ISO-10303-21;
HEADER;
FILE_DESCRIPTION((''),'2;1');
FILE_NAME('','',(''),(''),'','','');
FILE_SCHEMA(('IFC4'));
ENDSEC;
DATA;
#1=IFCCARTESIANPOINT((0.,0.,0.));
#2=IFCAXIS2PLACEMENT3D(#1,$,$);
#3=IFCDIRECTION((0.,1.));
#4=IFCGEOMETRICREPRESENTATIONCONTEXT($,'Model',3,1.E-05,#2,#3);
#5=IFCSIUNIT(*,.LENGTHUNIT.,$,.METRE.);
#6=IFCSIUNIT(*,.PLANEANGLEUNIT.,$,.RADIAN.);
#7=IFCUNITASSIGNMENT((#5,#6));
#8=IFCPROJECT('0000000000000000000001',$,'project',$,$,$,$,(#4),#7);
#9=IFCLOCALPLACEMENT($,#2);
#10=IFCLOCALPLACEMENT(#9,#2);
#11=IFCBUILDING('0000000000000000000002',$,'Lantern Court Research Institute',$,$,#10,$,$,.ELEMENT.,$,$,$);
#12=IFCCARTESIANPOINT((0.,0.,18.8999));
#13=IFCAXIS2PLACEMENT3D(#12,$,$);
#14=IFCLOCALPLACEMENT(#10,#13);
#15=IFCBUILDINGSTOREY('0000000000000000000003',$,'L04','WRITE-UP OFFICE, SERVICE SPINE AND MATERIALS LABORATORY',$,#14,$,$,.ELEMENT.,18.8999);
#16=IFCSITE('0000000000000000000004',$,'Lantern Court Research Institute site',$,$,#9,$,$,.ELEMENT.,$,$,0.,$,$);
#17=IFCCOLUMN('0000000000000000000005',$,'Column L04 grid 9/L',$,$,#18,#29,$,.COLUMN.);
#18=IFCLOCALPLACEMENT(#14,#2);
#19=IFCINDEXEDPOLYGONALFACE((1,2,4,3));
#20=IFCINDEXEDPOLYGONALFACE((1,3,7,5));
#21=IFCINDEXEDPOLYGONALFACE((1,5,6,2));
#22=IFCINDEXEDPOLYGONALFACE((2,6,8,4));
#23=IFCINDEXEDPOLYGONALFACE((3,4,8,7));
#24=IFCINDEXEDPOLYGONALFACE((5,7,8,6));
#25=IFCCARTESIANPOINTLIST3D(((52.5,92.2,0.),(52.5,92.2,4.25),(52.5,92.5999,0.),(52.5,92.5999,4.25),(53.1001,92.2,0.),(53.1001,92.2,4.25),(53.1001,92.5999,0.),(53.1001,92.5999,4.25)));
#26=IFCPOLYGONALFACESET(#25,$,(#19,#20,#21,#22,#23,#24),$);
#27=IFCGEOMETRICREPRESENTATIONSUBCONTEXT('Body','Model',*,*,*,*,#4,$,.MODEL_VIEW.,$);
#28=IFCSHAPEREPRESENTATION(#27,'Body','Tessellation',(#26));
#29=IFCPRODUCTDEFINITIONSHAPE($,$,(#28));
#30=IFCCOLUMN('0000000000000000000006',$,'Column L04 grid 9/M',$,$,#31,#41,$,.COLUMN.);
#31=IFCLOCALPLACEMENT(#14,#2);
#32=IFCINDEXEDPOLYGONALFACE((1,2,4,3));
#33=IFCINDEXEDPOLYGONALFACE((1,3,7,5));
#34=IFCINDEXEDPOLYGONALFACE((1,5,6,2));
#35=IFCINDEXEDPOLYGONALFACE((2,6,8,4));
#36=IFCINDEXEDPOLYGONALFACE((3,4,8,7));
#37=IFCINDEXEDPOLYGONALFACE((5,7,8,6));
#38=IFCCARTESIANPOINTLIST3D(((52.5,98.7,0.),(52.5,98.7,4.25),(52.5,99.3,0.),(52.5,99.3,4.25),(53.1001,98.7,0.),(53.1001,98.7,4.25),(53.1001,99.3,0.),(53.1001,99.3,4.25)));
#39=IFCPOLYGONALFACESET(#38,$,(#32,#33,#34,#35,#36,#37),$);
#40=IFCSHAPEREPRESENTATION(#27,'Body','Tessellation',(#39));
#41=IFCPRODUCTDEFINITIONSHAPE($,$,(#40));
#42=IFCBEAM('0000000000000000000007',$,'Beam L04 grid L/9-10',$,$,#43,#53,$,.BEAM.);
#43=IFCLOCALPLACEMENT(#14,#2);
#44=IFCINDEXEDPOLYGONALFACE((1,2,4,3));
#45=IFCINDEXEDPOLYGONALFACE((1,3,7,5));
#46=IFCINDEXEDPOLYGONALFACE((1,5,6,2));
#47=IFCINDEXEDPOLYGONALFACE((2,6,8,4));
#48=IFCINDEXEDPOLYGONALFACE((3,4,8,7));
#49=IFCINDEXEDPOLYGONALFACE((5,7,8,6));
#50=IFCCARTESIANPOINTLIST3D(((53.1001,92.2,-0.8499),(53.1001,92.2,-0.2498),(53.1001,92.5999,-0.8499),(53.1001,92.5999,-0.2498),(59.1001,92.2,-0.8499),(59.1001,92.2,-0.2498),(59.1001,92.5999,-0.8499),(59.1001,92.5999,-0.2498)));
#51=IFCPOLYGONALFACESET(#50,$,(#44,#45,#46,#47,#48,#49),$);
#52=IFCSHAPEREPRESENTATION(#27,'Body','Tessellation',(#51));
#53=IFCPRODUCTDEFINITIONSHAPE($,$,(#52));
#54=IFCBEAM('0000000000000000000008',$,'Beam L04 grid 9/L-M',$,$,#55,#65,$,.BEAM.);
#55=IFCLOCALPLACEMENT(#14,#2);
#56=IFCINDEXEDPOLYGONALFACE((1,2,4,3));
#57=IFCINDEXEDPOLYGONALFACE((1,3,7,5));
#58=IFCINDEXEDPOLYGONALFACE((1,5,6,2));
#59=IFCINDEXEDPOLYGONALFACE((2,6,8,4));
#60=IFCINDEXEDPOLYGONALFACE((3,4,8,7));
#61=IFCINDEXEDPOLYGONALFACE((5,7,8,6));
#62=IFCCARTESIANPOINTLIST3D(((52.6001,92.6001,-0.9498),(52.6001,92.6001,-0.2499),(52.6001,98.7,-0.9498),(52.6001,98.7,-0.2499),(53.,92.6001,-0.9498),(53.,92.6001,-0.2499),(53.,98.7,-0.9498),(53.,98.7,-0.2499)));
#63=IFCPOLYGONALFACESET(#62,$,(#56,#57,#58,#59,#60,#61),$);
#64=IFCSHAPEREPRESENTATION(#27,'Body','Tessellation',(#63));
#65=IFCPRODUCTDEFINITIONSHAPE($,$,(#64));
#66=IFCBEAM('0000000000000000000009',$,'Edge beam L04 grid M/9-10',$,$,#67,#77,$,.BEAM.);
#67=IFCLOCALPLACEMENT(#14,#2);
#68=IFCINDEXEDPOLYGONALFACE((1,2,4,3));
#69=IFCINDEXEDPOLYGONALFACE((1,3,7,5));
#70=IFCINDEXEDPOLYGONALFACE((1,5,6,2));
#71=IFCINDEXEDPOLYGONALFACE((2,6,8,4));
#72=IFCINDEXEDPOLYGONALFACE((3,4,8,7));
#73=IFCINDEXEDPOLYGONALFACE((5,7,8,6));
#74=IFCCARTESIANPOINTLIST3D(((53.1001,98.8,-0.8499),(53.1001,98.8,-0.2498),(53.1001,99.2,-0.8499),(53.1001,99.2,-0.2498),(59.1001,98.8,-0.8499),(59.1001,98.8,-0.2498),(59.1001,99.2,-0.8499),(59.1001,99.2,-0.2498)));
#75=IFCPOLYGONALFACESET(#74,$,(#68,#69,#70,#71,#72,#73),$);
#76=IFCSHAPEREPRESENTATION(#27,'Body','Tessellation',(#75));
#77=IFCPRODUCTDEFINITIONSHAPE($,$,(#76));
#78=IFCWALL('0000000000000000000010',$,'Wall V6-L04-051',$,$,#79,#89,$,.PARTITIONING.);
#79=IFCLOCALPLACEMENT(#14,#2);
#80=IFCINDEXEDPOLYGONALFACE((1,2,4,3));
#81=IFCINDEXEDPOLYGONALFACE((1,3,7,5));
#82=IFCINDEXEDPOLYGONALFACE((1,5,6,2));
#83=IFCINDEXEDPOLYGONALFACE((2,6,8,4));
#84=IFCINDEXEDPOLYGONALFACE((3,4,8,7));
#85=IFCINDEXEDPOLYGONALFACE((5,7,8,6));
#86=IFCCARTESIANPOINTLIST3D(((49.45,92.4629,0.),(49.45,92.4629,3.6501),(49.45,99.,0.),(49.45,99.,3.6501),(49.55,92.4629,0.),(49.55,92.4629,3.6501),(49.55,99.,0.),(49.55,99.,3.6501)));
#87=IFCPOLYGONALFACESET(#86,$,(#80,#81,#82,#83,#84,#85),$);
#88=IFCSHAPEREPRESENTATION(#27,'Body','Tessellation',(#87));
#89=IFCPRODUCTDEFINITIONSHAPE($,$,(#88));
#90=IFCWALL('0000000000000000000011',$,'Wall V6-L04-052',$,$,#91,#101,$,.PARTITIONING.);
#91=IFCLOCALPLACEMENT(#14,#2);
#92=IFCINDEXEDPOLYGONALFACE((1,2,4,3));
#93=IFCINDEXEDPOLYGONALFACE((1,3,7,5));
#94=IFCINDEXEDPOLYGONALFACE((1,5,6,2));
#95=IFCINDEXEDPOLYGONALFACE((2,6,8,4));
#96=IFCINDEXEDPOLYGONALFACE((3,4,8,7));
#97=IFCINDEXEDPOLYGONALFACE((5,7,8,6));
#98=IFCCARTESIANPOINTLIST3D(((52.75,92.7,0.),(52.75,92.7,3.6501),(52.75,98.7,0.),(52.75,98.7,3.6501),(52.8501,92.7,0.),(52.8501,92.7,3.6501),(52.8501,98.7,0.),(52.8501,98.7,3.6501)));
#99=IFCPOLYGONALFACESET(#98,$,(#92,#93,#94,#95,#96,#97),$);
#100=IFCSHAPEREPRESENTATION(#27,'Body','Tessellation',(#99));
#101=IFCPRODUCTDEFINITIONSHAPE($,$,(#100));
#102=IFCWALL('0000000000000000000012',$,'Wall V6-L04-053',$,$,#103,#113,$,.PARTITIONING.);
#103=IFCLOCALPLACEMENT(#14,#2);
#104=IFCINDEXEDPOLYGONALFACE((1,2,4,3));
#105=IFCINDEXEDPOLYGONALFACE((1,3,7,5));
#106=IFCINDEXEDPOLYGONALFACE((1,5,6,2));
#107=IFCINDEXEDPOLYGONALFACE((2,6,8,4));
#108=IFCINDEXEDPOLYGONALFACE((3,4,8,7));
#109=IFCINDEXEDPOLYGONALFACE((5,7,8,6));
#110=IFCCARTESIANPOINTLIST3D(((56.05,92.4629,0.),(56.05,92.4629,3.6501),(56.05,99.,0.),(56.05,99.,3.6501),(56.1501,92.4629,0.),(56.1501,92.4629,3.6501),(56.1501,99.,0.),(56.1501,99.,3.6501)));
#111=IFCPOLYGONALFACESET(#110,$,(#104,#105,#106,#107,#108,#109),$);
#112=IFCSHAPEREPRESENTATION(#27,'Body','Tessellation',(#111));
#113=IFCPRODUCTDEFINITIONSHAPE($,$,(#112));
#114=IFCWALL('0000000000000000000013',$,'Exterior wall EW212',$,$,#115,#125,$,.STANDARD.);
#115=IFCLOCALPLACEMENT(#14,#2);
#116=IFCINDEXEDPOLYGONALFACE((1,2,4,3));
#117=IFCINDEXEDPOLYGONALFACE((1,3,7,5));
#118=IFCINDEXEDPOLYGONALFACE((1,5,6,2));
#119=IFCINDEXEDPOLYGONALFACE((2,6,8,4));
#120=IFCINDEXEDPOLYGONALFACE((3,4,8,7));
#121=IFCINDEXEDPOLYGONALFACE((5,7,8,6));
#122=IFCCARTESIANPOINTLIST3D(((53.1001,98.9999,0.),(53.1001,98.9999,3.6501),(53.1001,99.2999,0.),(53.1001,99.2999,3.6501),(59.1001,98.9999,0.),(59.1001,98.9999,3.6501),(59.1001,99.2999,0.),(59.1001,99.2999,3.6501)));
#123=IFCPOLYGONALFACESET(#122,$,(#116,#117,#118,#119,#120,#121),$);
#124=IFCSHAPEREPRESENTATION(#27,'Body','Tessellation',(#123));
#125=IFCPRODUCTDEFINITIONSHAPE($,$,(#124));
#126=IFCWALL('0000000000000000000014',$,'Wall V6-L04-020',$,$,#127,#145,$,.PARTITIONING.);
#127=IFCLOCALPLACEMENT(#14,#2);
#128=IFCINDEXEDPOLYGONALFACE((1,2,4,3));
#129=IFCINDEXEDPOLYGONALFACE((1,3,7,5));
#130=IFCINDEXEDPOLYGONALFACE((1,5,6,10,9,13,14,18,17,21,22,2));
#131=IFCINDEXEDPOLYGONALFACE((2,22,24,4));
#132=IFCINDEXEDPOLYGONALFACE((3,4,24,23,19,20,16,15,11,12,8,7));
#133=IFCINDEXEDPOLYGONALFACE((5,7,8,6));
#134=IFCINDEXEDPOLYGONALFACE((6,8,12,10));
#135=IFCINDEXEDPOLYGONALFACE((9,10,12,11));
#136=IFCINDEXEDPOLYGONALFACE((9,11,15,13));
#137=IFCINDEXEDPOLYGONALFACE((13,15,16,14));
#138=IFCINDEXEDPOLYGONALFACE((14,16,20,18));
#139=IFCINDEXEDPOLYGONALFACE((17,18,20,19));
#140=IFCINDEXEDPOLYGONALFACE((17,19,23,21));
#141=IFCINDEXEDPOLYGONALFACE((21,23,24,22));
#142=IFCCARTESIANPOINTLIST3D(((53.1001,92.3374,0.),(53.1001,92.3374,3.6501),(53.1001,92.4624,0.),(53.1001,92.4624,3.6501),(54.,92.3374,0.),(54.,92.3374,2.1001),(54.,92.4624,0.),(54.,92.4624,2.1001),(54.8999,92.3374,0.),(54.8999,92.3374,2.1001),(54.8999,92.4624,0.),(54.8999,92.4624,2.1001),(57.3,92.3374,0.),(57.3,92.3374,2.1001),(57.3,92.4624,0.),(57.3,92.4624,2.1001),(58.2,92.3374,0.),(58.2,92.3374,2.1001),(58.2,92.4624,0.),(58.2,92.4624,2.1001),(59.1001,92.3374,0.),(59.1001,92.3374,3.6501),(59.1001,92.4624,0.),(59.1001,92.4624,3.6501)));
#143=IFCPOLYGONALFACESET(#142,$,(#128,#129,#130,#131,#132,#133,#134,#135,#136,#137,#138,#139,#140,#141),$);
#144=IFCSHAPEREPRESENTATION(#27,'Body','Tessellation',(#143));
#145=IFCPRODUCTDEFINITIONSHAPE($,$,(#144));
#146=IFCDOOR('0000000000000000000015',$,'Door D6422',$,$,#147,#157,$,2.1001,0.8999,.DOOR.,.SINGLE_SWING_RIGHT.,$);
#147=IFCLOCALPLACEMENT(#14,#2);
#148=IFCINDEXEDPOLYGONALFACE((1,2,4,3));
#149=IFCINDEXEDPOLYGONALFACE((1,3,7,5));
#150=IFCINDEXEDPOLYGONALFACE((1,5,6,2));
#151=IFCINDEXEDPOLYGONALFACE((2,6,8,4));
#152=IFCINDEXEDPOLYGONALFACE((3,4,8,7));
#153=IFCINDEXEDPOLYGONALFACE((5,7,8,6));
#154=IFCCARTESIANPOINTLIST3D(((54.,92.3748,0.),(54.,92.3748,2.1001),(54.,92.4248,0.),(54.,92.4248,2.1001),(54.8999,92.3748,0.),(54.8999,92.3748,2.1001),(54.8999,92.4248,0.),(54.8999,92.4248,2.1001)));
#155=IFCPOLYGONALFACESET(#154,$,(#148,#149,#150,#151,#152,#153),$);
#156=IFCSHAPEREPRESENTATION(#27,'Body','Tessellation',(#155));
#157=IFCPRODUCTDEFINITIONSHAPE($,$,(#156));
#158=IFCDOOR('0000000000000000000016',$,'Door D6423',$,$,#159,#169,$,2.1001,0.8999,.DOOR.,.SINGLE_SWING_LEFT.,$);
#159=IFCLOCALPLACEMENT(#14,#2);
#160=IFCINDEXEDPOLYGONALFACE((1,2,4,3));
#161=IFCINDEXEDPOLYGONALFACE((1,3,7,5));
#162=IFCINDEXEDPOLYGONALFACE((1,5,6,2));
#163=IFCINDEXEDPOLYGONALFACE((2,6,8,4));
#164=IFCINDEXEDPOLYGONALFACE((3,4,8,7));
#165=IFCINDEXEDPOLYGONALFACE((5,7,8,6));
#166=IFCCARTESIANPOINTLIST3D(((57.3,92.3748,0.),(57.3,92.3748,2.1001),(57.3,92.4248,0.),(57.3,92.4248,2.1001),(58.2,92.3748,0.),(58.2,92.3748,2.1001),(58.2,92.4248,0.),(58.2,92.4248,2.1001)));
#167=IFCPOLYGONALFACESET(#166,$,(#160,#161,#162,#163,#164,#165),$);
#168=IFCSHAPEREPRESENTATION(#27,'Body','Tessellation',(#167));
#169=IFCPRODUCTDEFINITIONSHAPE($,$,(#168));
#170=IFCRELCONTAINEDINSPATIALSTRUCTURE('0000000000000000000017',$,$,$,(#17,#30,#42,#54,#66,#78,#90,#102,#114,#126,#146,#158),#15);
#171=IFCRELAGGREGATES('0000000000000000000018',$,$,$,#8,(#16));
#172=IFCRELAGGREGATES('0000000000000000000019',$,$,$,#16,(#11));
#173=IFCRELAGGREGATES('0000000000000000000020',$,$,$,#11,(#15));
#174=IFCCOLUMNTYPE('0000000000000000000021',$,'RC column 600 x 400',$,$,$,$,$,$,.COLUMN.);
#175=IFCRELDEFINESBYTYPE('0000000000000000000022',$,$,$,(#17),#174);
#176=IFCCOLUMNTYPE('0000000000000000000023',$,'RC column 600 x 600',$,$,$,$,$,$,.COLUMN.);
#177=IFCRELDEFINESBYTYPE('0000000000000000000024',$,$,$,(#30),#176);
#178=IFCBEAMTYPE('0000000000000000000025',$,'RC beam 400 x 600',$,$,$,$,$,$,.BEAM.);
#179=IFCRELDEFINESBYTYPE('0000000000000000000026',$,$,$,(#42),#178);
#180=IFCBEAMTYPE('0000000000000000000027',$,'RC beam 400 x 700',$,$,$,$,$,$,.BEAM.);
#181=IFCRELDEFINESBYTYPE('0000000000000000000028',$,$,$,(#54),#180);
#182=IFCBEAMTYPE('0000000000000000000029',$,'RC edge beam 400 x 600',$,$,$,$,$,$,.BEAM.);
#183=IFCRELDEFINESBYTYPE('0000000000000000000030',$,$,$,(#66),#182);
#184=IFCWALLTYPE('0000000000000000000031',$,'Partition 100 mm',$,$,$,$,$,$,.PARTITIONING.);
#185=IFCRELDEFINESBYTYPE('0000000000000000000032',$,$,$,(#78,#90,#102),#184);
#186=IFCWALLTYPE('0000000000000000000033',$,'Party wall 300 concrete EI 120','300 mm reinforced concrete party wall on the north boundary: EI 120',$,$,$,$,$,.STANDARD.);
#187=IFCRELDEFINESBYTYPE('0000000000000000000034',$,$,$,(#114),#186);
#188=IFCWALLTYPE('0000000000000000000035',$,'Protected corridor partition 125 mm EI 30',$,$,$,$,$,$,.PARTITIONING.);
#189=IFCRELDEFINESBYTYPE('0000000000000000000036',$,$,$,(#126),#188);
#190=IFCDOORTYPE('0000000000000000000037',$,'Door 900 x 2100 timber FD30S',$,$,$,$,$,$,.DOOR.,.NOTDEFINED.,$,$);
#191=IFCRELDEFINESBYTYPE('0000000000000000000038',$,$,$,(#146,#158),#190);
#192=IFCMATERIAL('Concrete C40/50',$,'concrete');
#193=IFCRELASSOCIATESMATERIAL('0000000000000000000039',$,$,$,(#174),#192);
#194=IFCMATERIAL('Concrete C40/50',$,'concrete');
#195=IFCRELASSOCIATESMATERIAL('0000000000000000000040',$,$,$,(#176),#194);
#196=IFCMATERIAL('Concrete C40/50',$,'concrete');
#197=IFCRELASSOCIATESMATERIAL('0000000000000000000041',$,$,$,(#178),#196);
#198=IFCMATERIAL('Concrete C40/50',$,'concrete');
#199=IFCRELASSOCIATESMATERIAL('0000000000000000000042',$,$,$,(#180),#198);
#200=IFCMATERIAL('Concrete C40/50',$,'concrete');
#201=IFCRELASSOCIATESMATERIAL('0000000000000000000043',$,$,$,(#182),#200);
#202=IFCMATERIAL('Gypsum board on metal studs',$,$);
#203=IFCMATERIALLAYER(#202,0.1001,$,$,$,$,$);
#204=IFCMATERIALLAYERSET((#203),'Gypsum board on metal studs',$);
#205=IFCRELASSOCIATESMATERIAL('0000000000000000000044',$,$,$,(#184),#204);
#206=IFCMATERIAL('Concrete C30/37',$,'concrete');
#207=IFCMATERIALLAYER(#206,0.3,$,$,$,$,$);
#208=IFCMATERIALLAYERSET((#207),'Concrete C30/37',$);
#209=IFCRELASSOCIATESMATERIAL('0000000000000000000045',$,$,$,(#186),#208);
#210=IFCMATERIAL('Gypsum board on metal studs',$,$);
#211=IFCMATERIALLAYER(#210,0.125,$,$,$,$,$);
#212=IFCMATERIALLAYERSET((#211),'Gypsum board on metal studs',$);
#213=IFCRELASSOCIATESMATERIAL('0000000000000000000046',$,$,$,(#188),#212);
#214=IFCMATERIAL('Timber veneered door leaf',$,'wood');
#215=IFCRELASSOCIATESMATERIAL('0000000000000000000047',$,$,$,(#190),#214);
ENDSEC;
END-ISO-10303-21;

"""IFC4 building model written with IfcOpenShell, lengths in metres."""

from ifc_helpers import new_model, si_unit, direction, frame, frame_2d, origin, origin_2d, place, context, subcontext, project, spatial, rectangle, extrude, material, layer, layer_set, material_profile, profile_set, type_object, element, fill, save


model = new_model("IFC4")

# Units and contexts
model_context = context("Model", 3, precision=1e-05, world=origin(), true_north=direction((0.0, 1.0)))
body_context = subcontext(model_context, "Body", "Model", "MODEL_VIEW")
ifc_project = project(units=[si_unit("LENGTHUNIT", "METRE"), si_unit("PLANEANGLEUNIT", "RADIAN")], contexts=[model_context])

# Site, building, storey
site_placement = place(None, origin())
site = spatial("IfcSite", under=ifc_project, at=site_placement, Name="Lantern Court Research Institute site", CompositionType="ELEMENT", RefElevation=0.0)
building_placement = place(site_placement, origin())
building = spatial("IfcBuilding", under=site, at=building_placement, Name="Lantern Court Research Institute", CompositionType="ELEMENT")
storey_placement = place(building_placement, frame((0.0, 0.0, 18.8999)))
storey = spatial("IfcBuildingStorey", under=building, at=storey_placement, Name="L04", Description="WRITE-UP OFFICE, SERVICE SPINE AND MATERIALS LABORATORY", CompositionType="ELEMENT", Elevation=18.8999)

# Columns
ifc_material_1 = material(Name="Concrete C40/50", Category="concrete")
ifc_material_profile_1 = material_profile(ifc_material_1, rectangle(XDim=0.6001, YDim=0.3999, at=origin_2d()), Name="RC column 600 x 400")
ifc_profile_set_1 = profile_set([ifc_material_profile_1], Name="Concrete C40/50")
column_type_1 = type_object("IfcColumnType", Name="RC column 600 x 400", PredefinedType="COLUMN", material=ifc_profile_set_1)
column_1_placement = place(storey_placement, frame((52.8, 92.3999, 0.0), z_axis=(0.0, 0.0, 1.0), x_axis=(1.0, 0.0, 0.0)))
element("IfcColumn", 1, at=column_1_placement, inside=storey, type_object=column_type_1, Name="Column L04 grid 9/L", PredefinedType="COLUMN", context=body_context, shape_type="SweptSolid", body=[
    extrude(rectangle(XDim=0.6001, YDim=0.3999, at=origin_2d()), origin(), (0.0, 0.0, 1.0), 4.25),
])
ifc_material_2 = material(Name="Concrete C40/50", Category="concrete")
ifc_material_profile_2 = material_profile(ifc_material_2, rectangle(XDim=0.6001, YDim=0.6001, at=origin_2d()), Name="RC column 600 x 600")
ifc_profile_set_2 = profile_set([ifc_material_profile_2], Name="Concrete C40/50")
column_type_2 = type_object("IfcColumnType", Name="RC column 600 x 600", PredefinedType="COLUMN", material=ifc_profile_set_2)
column_2_placement = place(storey_placement, frame((52.8, 99.0, 0.0), z_axis=(0.0, 0.0, 1.0), x_axis=(1.0, 0.0, 0.0)))
element("IfcColumn", 2, at=column_2_placement, inside=storey, type_object=column_type_2, Name="Column L04 grid 9/M", PredefinedType="COLUMN", context=body_context, shape_type="SweptSolid", body=[
    extrude(rectangle(XDim=0.6001, YDim=0.6001, at=origin_2d()), origin(), (0.0, 0.0, 1.0), 4.25),
])

# Beams
ifc_material_3 = material(Name="Concrete C40/50", Category="concrete")
ifc_material_profile_3 = material_profile(ifc_material_3, rectangle(XDim=0.3999, YDim=0.6001, at=origin_2d()), Name="RC beam 400 x 600")
ifc_profile_set_3 = profile_set([ifc_material_profile_3], Name="Concrete C40/50")
beam_type_1 = type_object("IfcBeamType", Name="RC beam 400 x 600", PredefinedType="BEAM", material=ifc_profile_set_3)
beam_1_placement = place(storey_placement, frame((53.1001, 92.3999, -0.5498), z_axis=(1.0, 0.0, 0.0), x_axis=(0.0, 1.0, 0.0)))
element("IfcBeam", 3, at=beam_1_placement, inside=storey, type_object=beam_type_1, Name="Beam L04 grid L/9-10", PredefinedType="BEAM", context=body_context, shape_type="SweptSolid", body=[
    extrude(rectangle(XDim=0.3999, YDim=0.6001, at=origin_2d()), origin(), (0.0, 0.0, 1.0), 6.0),
])
ifc_material_4 = material(Name="Concrete C40/50", Category="concrete")
ifc_material_profile_4 = material_profile(ifc_material_4, rectangle(XDim=0.3999, YDim=0.7, at=origin_2d()), Name="RC beam 400 x 700")
ifc_profile_set_4 = profile_set([ifc_material_profile_4], Name="Concrete C40/50")
beam_type_2 = type_object("IfcBeamType", Name="RC beam 400 x 700", PredefinedType="BEAM", material=ifc_profile_set_4)
beam_2_placement = place(storey_placement, frame((52.8, 92.6001, -0.5999), z_axis=(0.0, 1.0, 0.0), x_axis=(-1.0, 0.0, 0.0)))
element("IfcBeam", 4, at=beam_2_placement, inside=storey, type_object=beam_type_2, Name="Beam L04 grid 9/L-M", PredefinedType="BEAM", context=body_context, shape_type="SweptSolid", body=[
    extrude(rectangle(XDim=0.3999, YDim=0.7, at=origin_2d()), origin(), (0.0, 0.0, 1.0), 6.0999),
])
ifc_material_5 = material(Name="Concrete C40/50", Category="concrete")
ifc_material_profile_5 = material_profile(ifc_material_5, rectangle(XDim=0.3999, YDim=0.6001, at=origin_2d()), Name="RC beam 400 x 600")
ifc_profile_set_5 = profile_set([ifc_material_profile_5], Name="Concrete C40/50")
beam_type_3 = type_object("IfcBeamType", Name="RC edge beam 400 x 600", PredefinedType="BEAM", material=ifc_profile_set_5)
beam_3_placement = place(storey_placement, frame((53.1001, 99.0, -0.5498), z_axis=(1.0, 0.0, 0.0), x_axis=(0.0, 1.0, 0.0)))
element("IfcBeam", 5, at=beam_3_placement, inside=storey, type_object=beam_type_3, Name="Edge beam L04 grid M/9-10", PredefinedType="BEAM", context=body_context, shape_type="SweptSolid", body=[
    extrude(rectangle(XDim=0.3999, YDim=0.6001, at=origin_2d()), origin(), (0.0, 0.0, 1.0), 6.0),
])

# Walls
ifc_material_6 = material(Name="Gypsum board on metal studs")
ifc_layer_1 = layer(ifc_material_6, 0.1001)
ifc_layer_set_1 = layer_set([ifc_layer_1], Name="Gypsum board on metal studs")
wall_type_1 = type_object("IfcWallType", Name="Partition 100 mm", PredefinedType="PARTITIONING", material=ifc_layer_set_1)
wall_1_placement = place(storey_placement, frame((49.5, 92.4629, 0.0), z_axis=(0.0, 0.0, 1.0), x_axis=(0.0, 1.0, 0.0)))
element("IfcWall", 6, at=wall_1_placement, inside=storey, type_object=wall_type_1, Name="Wall V6-L04-051", PredefinedType="PARTITIONING", context=body_context, shape_type="SweptSolid", body=[
    extrude(rectangle(XDim=6.5371, YDim=0.1001, at=frame_2d((3.2686, 0.0))), origin(), (0.0, 0.0, 1.0), 3.6501),
])
wall_2_placement = place(storey_placement, frame((52.8, 92.7, 0.0), z_axis=(0.0, 0.0, 1.0), x_axis=(0.0, 1.0, 0.0)))
element("IfcWall", 7, at=wall_2_placement, inside=storey, type_object=wall_type_1, Name="Wall V6-L04-052", PredefinedType="PARTITIONING", context=body_context, shape_type="SweptSolid", body=[
    extrude(rectangle(XDim=6.0, YDim=0.1001, at=frame_2d((3.0, 0.0))), origin(), (0.0, 0.0, 1.0), 3.6501),
])
wall_3_placement = place(storey_placement, frame((56.1001, 92.4629, 0.0), z_axis=(0.0, 0.0, 1.0), x_axis=(0.0, 1.0, 0.0)))
element("IfcWall", 8, at=wall_3_placement, inside=storey, type_object=wall_type_1, Name="Wall V6-L04-053", PredefinedType="PARTITIONING", context=body_context, shape_type="SweptSolid", body=[
    extrude(rectangle(XDim=6.5371, YDim=0.1001, at=frame_2d((3.2686, 0.0))), origin(), (0.0, 0.0, 1.0), 3.6501),
])
ifc_material_7 = material(Name="Concrete C30/37", Category="concrete")
ifc_layer_2 = layer(ifc_material_7, 0.3)
ifc_layer_set_2 = layer_set([ifc_layer_2], Name="Concrete C30/37")
wall_type_2 = type_object("IfcWallType", Name="Party wall 300 concrete EI 120", Description="300 mm reinforced concrete party wall on the north boundary: EI 120", PredefinedType="STANDARD", material=ifc_layer_set_2)
wall_4_placement = place(storey_placement, frame((53.1001, 99.1499, 0.0), z_axis=(0.0, 0.0, 1.0), x_axis=(1.0, 0.0, 0.0)))
element("IfcWall", 9, at=wall_4_placement, inside=storey, type_object=wall_type_2, Name="Exterior wall EW212", PredefinedType="STANDARD", context=body_context, shape_type="SweptSolid", body=[
    extrude(rectangle(XDim=6.0, YDim=0.3, at=frame_2d((3.0, 0.0))), origin(), (0.0, 0.0, 1.0), 3.6501),
])

# Wall, openings, doors
ifc_material_8 = material(Name="Gypsum board on metal studs")
ifc_layer_3 = layer(ifc_material_8, 0.125)
ifc_layer_set_3 = layer_set([ifc_layer_3], Name="Gypsum board on metal studs")
wall_type_3 = type_object("IfcWallType", Name="Protected corridor partition 125 mm EI 30", PredefinedType="PARTITIONING", material=ifc_layer_set_3)
wall_5_placement = place(storey_placement, frame((53.1001, 92.3999, 0.0), z_axis=(0.0, 0.0, 1.0), x_axis=(1.0, 0.0, 0.0)))
wall_5 = element("IfcWall", 10, at=wall_5_placement, inside=storey, type_object=wall_type_3, Name="Wall V6-L04-020", PredefinedType="PARTITIONING", context=body_context, shape_type="SweptSolid", body=[
    extrude(rectangle(XDim=6.0, YDim=0.125, at=frame_2d((3.0, 0.0))), origin(), (0.0, 0.0, 1.0), 3.6501),
])
opening_1_placement = place(wall_5_placement, frame((0.8999, 0.0, 0.0)))
opening_1 = element("IfcOpeningElement", 11, at=opening_1_placement, cuts=wall_5, PredefinedType="OPENING", context=body_context, shape_type="SweptSolid", body=[
    extrude(rectangle(XDim=0.8999, YDim=2.1001, at=frame_2d((0.45, 1.05))), frame((0.0, 0.0725, 0.0), z_axis=(0.0, -1.0, 0.0), x_axis=(1.0, 0.0, 0.0)), (0.0, 0.0, 1.0), 0.145),
])
opening_2_placement = place(wall_5_placement, frame((4.2, 0.0, 0.0)))
opening_2 = element("IfcOpeningElement", 12, at=opening_2_placement, cuts=wall_5, PredefinedType="OPENING", context=body_context, shape_type="SweptSolid", body=[
    extrude(rectangle(XDim=0.8999, YDim=2.1001, at=frame_2d((0.45, 1.05))), frame((0.0, 0.0725, 0.0), z_axis=(0.0, -1.0, 0.0), x_axis=(1.0, 0.0, 0.0)), (0.0, 0.0, 1.0), 0.145),
])
ifc_material_9 = material(Name="Timber veneered door leaf", Category="wood")
door_type = type_object("IfcDoorType", Name="Door 900 x 2100 timber FD30S", OperationType="NOTDEFINED", PredefinedType="DOOR", material=ifc_material_9)
door_1_placement = place(opening_1_placement, origin())
door_1 = element("IfcDoor", 13, at=door_1_placement, inside=storey, type_object=door_type, Name="Door D6422", OperationType="SINGLE_SWING_RIGHT", OverallHeight=2.1001, OverallWidth=0.8999, PredefinedType="DOOR", context=body_context, shape_type="SweptSolid", body=[
    extrude(rectangle(XDim=0.8999, YDim=2.1001, at=frame_2d((0.45, 1.05))), frame((0.0, 0.0249, 0.0), z_axis=(0.0, -1.0, 0.0), x_axis=(1.0, 0.0, 0.0)), (0.0, 0.0, 1.0), 0.05),
])
fill(opening_1, door_1)
door_2_placement = place(opening_2_placement, origin())
door_2 = element("IfcDoor", 14, at=door_2_placement, inside=storey, type_object=door_type, Name="Door D6423", OperationType="SINGLE_SWING_LEFT", OverallHeight=2.1001, OverallWidth=0.8999, PredefinedType="DOOR", context=body_context, shape_type="SweptSolid", body=[
    extrude(rectangle(XDim=0.8999, YDim=2.1001, at=frame_2d((0.45, 1.05))), frame((0.0, 0.0249, 0.0), z_axis=(0.0, -1.0, 0.0), x_axis=(1.0, 0.0, 0.0)), (0.0, 0.0, 1.0), 0.05),
])
fill(opening_2, door_2)

save(model, "model.ifc")
